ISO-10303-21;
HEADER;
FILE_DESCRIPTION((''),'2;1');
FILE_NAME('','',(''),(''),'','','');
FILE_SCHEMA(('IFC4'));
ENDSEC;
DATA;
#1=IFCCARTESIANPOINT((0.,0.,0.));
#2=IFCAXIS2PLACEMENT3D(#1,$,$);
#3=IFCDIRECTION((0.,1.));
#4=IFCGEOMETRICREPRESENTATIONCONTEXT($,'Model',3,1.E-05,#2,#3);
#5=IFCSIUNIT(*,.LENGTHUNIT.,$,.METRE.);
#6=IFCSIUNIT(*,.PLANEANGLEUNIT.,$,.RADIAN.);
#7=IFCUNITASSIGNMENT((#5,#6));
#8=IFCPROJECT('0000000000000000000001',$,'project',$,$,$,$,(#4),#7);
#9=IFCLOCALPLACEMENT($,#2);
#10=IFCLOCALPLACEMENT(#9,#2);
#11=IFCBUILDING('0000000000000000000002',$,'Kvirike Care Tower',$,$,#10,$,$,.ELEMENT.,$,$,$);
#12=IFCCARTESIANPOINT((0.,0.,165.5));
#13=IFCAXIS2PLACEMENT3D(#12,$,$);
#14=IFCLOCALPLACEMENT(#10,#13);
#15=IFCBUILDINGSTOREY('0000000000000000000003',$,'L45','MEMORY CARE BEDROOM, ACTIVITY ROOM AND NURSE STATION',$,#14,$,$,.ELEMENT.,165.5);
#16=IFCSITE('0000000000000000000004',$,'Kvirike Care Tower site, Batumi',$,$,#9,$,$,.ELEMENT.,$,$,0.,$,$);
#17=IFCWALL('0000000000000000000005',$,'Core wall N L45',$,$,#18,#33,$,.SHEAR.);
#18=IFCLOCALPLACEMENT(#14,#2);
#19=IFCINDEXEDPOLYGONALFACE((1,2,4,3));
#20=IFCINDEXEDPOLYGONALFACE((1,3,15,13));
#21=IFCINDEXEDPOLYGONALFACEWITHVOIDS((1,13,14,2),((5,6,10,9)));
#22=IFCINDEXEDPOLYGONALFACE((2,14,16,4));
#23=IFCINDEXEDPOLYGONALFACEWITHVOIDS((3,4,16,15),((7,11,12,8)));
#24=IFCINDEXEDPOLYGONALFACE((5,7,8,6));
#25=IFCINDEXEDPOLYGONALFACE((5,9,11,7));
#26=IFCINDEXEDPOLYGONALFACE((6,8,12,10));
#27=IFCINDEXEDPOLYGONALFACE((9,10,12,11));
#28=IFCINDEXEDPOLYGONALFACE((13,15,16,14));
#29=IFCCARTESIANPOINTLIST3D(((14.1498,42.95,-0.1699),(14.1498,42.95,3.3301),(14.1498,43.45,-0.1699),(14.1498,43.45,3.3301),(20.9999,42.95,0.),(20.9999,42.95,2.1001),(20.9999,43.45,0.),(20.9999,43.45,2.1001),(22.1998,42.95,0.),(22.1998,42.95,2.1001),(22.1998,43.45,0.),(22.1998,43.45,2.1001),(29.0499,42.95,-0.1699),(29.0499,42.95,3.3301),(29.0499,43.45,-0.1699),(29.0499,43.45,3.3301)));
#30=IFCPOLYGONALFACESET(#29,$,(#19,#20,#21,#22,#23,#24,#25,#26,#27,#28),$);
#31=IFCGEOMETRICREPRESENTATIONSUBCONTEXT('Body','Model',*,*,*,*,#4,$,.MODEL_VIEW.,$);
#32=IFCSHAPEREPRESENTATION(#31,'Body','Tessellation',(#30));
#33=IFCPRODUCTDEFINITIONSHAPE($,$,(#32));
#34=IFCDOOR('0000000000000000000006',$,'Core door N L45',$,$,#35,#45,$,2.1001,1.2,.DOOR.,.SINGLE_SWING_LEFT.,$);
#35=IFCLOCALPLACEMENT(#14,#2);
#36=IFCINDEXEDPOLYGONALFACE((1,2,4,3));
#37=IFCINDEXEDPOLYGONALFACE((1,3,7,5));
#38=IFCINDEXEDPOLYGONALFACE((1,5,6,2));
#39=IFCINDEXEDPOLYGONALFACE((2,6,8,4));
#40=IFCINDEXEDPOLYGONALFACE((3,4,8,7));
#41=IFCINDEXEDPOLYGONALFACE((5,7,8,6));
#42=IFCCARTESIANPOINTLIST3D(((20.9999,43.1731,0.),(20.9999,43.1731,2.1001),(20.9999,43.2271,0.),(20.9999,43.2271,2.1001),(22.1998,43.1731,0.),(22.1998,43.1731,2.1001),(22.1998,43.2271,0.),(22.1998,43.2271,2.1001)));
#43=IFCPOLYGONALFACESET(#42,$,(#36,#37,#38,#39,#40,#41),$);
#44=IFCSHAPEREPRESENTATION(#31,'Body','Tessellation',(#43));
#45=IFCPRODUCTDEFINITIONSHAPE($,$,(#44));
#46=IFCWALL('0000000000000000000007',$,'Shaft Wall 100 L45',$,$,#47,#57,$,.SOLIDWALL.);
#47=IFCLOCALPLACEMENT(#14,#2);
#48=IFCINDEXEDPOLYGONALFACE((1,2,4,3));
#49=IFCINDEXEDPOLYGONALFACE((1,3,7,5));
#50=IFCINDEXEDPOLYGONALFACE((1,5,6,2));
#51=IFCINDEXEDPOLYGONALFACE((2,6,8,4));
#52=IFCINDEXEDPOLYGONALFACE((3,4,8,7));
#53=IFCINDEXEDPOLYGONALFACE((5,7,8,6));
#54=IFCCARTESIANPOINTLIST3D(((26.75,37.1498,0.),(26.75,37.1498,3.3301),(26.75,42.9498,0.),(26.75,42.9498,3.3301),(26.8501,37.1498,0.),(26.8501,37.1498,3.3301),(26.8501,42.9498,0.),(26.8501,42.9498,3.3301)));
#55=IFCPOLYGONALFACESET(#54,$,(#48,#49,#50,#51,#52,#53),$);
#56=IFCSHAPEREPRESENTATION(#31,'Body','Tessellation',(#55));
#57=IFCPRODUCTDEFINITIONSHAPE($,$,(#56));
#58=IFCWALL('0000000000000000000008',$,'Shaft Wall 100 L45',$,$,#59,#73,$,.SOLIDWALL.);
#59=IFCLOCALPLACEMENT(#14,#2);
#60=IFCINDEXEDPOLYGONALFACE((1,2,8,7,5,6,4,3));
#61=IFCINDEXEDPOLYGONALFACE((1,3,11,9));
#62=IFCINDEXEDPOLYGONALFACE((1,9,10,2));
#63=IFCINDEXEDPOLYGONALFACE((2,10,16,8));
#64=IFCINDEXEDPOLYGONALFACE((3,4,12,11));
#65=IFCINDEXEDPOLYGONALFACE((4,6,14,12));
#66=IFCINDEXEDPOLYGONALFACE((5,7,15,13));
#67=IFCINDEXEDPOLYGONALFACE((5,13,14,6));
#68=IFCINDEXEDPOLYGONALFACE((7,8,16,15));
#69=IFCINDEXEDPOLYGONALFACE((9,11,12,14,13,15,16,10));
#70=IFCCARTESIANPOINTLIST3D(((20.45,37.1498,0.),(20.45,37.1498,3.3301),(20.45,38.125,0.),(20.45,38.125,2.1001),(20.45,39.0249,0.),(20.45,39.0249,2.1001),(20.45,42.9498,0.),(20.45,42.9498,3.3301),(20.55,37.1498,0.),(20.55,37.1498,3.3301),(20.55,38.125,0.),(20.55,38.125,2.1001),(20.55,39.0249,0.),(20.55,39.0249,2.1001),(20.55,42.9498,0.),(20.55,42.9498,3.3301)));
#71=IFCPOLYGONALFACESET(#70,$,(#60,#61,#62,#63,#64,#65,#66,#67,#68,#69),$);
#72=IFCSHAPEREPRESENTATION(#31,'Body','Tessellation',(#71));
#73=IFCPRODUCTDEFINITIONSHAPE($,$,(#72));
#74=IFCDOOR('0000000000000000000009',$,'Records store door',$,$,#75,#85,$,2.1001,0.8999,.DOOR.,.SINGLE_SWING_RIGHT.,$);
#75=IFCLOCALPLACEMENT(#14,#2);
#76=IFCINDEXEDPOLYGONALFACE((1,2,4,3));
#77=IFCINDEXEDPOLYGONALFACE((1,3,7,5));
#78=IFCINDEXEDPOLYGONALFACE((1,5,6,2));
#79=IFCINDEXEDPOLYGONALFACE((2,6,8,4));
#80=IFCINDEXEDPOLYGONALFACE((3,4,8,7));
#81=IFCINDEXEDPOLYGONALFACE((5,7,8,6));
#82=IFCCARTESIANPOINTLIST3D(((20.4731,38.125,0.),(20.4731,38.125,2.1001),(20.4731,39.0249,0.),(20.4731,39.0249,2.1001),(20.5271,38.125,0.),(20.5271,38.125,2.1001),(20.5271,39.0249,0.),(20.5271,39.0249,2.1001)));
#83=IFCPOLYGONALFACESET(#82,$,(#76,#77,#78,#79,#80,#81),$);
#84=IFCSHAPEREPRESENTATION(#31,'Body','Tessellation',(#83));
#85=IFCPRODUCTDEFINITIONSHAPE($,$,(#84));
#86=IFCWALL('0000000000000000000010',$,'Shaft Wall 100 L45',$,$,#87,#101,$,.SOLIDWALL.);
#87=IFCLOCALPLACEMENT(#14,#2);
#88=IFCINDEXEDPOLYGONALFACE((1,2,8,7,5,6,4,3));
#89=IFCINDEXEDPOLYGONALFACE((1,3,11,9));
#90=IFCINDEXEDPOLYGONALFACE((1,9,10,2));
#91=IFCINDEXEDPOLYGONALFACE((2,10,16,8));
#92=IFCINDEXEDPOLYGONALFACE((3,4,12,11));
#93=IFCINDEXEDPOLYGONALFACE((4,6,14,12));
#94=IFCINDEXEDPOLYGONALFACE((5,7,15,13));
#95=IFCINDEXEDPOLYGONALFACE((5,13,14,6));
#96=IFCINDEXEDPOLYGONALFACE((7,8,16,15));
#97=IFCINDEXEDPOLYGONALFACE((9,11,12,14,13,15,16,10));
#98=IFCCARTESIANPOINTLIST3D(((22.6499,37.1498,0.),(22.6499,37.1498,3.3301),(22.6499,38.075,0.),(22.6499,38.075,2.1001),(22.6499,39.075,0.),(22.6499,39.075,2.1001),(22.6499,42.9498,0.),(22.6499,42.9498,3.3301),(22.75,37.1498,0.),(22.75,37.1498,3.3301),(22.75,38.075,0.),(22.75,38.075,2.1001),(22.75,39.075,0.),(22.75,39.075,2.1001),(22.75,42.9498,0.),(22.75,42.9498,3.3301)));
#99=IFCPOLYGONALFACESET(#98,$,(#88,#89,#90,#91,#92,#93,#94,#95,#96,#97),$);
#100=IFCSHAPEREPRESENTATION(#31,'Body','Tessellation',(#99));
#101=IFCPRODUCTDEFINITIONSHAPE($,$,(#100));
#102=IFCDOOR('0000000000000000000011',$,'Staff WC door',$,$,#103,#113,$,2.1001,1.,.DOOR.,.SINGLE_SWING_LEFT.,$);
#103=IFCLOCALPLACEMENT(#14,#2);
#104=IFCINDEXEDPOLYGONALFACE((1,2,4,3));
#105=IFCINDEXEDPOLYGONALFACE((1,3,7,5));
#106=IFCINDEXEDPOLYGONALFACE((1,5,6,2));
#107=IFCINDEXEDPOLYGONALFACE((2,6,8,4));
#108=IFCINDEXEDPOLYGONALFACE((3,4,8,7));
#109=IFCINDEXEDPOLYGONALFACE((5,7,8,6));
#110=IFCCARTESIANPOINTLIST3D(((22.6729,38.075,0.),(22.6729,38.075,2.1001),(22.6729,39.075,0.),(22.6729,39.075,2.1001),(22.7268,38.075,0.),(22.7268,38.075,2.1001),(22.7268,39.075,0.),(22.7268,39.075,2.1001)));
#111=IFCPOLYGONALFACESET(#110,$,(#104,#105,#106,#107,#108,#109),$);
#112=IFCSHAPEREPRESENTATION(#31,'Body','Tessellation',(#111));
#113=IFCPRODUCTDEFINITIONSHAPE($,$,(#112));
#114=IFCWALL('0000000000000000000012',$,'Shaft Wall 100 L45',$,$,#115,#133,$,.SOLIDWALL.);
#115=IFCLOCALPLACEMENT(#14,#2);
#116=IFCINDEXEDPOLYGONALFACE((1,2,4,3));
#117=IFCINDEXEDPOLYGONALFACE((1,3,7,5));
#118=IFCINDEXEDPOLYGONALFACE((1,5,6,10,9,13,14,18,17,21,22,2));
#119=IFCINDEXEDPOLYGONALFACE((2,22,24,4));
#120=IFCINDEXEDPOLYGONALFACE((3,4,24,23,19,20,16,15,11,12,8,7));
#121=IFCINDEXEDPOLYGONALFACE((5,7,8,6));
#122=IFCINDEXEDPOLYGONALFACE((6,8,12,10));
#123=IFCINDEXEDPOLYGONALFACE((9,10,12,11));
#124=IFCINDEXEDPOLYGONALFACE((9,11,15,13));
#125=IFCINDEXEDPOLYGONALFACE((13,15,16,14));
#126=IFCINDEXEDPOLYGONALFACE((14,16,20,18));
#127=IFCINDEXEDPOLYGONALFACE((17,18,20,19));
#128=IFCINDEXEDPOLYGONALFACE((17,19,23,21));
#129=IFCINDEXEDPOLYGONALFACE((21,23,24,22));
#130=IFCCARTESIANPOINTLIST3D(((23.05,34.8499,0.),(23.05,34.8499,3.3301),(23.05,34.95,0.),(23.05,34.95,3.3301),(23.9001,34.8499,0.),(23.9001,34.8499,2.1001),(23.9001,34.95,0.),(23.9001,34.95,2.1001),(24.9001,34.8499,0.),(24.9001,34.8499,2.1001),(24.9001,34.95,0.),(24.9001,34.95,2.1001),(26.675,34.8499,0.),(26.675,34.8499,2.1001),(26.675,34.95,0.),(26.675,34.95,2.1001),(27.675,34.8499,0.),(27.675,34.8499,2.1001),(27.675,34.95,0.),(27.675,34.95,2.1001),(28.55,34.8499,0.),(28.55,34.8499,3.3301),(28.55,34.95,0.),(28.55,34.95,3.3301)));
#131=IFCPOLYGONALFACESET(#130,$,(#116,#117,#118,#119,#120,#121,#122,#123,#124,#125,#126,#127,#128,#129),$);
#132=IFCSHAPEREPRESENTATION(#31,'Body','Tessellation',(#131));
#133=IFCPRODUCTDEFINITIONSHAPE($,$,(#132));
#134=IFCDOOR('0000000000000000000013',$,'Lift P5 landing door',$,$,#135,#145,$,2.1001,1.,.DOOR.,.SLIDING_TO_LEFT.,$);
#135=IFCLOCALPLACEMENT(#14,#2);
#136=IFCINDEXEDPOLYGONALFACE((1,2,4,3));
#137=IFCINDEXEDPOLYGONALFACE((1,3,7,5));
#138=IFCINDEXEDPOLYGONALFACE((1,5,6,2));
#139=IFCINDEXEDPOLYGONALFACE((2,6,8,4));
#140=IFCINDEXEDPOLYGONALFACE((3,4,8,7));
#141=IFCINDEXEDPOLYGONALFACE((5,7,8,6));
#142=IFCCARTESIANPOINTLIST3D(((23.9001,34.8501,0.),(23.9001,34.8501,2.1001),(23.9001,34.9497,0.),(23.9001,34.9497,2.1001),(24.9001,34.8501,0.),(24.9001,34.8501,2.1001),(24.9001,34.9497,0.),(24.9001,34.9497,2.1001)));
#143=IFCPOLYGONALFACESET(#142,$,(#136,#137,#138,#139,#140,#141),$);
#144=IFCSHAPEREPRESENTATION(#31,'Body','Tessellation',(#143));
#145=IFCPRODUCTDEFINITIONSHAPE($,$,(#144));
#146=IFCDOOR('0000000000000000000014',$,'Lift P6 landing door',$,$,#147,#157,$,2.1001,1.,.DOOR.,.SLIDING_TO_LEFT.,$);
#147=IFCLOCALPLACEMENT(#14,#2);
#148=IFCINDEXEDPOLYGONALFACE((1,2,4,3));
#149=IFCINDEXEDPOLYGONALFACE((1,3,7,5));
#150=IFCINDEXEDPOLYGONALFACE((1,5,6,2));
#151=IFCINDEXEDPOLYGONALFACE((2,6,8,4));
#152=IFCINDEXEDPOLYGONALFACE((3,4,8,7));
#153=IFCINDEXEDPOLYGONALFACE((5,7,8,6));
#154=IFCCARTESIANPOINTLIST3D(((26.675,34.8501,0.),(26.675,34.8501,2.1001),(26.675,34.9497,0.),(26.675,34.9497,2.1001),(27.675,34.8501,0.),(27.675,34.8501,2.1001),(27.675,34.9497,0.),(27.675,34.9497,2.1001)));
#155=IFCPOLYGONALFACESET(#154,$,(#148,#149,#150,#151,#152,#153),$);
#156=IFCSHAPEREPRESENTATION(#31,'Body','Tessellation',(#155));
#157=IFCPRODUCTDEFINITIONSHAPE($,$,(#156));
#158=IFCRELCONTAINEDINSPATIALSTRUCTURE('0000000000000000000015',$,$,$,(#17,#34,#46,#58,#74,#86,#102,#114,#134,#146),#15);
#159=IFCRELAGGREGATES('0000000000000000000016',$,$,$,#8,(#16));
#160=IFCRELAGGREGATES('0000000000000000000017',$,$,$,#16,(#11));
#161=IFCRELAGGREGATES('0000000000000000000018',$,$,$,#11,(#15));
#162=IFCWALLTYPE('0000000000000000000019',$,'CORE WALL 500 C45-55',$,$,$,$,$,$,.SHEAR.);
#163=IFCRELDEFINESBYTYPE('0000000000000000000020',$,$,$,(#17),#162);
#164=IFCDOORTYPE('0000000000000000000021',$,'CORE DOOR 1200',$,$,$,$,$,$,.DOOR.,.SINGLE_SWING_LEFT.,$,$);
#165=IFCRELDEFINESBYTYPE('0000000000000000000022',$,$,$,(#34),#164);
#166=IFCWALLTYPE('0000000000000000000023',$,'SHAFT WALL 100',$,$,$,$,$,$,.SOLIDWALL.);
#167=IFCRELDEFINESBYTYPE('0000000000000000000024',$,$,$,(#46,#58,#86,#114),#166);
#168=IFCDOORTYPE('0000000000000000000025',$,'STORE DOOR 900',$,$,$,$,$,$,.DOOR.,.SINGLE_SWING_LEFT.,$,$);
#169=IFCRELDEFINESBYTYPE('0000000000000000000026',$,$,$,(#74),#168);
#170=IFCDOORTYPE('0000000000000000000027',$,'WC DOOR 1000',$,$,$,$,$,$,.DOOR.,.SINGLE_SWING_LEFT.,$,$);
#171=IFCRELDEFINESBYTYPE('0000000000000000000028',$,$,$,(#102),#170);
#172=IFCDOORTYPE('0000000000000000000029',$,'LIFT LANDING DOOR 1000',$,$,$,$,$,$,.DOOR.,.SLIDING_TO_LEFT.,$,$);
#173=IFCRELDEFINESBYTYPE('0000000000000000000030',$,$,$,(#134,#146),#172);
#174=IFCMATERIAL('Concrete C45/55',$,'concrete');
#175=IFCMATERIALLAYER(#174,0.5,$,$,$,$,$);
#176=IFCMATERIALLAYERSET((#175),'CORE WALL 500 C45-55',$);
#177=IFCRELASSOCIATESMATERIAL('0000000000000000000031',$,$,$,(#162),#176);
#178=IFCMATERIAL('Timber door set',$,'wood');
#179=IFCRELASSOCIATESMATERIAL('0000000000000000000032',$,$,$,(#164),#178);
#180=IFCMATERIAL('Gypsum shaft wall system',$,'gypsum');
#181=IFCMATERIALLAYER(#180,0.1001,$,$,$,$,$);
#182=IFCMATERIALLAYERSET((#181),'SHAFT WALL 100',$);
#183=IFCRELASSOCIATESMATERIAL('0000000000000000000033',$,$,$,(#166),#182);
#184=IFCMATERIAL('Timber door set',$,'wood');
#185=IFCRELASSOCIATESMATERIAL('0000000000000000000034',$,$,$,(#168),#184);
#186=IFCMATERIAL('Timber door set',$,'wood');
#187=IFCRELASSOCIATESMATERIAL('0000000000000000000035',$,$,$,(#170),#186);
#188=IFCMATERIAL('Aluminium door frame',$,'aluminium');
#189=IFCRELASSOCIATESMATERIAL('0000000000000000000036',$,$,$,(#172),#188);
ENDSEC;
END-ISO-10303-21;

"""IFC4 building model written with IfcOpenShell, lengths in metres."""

from ifc_helpers import new_model, si_unit, direction, frame, frame_2d, origin, place, context, subcontext, project, spatial, rectangle, extrude, material, layer, layer_set, type_object, element, fill, save


model = new_model("IFC4")

# Units and contexts
model_context = context("Model", 3, precision=1e-05, world=origin(), true_north=direction((0.0, 1.0)))
body_context = subcontext(model_context, "Body", "Model", "MODEL_VIEW")
ifc_project = project(units=[si_unit("LENGTHUNIT", "METRE"), si_unit("PLANEANGLEUNIT", "RADIAN")], contexts=[model_context])

# Site, building, storey
site_placement = place(None, origin())
site = spatial("IfcSite", under=ifc_project, at=site_placement, Name="Kvirike Care Tower site, Batumi", CompositionType="ELEMENT", RefElevation=0.0)
building_placement = place(site_placement, origin())
building = spatial("IfcBuilding", under=site, at=building_placement, Name="Kvirike Care Tower", CompositionType="ELEMENT")
storey_placement = place(building_placement, frame((0.0, 0.0, 165.5)))
storey = spatial("IfcBuildingStorey", under=building, at=storey_placement, Name="L45", Description="MEMORY CARE BEDROOM, ACTIVITY ROOM AND NURSE STATION", CompositionType="ELEMENT", Elevation=165.5)

# Wall, opening, door
ifc_material_1 = material(Name="Concrete C45/55", Category="concrete")
ifc_layer_1 = layer(ifc_material_1, 0.5)
ifc_layer_set_1 = layer_set([ifc_layer_1], Name="CORE WALL 500 C45-55")
wall_type_1 = type_object("IfcWallType", Name="CORE WALL 500 C45-55", PredefinedType="SHEAR", material=ifc_layer_set_1)
wall_1_placement = place(storey_placement, frame((29.05, 43.2, -0.1699), z_axis=(0.0, 0.0, 1.0), x_axis=(-1.0, 0.0, 0.0)))
wall_1 = element("IfcWall", 1, at=wall_1_placement, inside=storey, type_object=wall_type_1, Name="Core wall N L45", PredefinedType="SHEAR", context=body_context, shape_type="SweptSolid", body=[
    extrude(rectangle(XDim=14.9001, YDim=0.5, at=frame_2d((7.4502, 0.0))), origin(), (0.0, 0.0, 1.0), 3.5),
])
opening_1_placement = place(wall_1_placement, frame((6.8501, 0.0, 0.1699)))
opening_1 = element("IfcOpeningElement", 2, at=opening_1_placement, cuts=wall_1, PredefinedType="OPENING", context=body_context, shape_type="SweptSolid", body=[
    extrude(rectangle(XDim=1.2, YDim=2.1001, at=frame_2d((0.6001, 1.05))), frame((0.0, 0.2605, 0.0), z_axis=(0.0, -1.0, 0.0), x_axis=(1.0, 0.0, 0.0)), (0.0, 0.0, 1.0), 0.521),
])
ifc_material_2 = material(Name="Timber door set", Category="wood")
door_type_1 = type_object("IfcDoorType", Name="CORE DOOR 1200", OperationType="SINGLE_SWING_LEFT", PredefinedType="DOOR", material=ifc_material_2)
door_1_placement = place(opening_1_placement, origin())
door_1 = element("IfcDoor", 3, at=door_1_placement, inside=storey, type_object=door_type_1, Name="Core door N L45", OperationType="SINGLE_SWING_LEFT", OverallHeight=2.1001, OverallWidth=1.2, PredefinedType="DOOR", context=body_context, shape_type="SweptSolid", body=[
    extrude(rectangle(XDim=1.2, YDim=2.1001, at=frame_2d((0.6001, 1.05))), frame((0.0, 0.0269, 0.0), z_axis=(0.0, -1.0, 0.0), x_axis=(1.0, 0.0, 0.0)), (0.0, 0.0, 1.0), 0.054),
])
fill(opening_1, door_1)

# Wall
ifc_material_3 = material(Name="Gypsum shaft wall system", Category="gypsum")
ifc_layer_2 = layer(ifc_material_3, 0.1001)
ifc_layer_set_2 = layer_set([ifc_layer_2], Name="SHAFT WALL 100")
wall_type_2 = type_object("IfcWallType", Name="SHAFT WALL 100", PredefinedType="SOLIDWALL", material=ifc_layer_set_2)
wall_2_placement = place(storey_placement, frame((26.8, 37.1499, 0.0), z_axis=(0.0, 0.0, 1.0), x_axis=(0.0, 1.0, 0.0)))
element("IfcWall", 4, at=wall_2_placement, inside=storey, type_object=wall_type_2, Name="Shaft Wall 100 L45", PredefinedType="SOLIDWALL", context=body_context, shape_type="SweptSolid", body=[
    extrude(rectangle(XDim=5.8, YDim=0.1001, at=frame_2d((2.8999, 0.0))), origin(), (0.0, 0.0, 1.0), 3.3301),
])

# Walls, openings, doors
wall_3_placement = place(storey_placement, frame((20.5, 37.1499, 0.0), z_axis=(0.0, 0.0, 1.0), x_axis=(0.0, 1.0, 0.0)))
wall_3 = element("IfcWall", 5, at=wall_3_placement, inside=storey, type_object=wall_type_2, Name="Shaft Wall 100 L45", PredefinedType="SOLIDWALL", context=body_context, shape_type="SweptSolid", body=[
    extrude(rectangle(XDim=5.8, YDim=0.1001, at=frame_2d((2.8999, 0.0))), origin(), (0.0, 0.0, 1.0), 3.3301),
])
opening_2_placement = place(wall_3_placement, frame((0.9751, 0.0, 0.0)))
opening_2 = element("IfcOpeningElement", 6, at=opening_2_placement, cuts=wall_3, PredefinedType="OPENING", context=body_context, shape_type="SweptSolid", body=[
    extrude(rectangle(XDim=0.8999, YDim=2.1001, at=frame_2d((0.45, 1.05))), frame((0.0, 0.0605, 0.0), z_axis=(0.0, -1.0, 0.0), x_axis=(1.0, 0.0, 0.0)), (0.0, 0.0, 1.0), 0.1211),
])
ifc_material_4 = material(Name="Timber door set", Category="wood")
door_type_2 = type_object("IfcDoorType", Name="STORE DOOR 900", OperationType="SINGLE_SWING_LEFT", PredefinedType="DOOR", material=ifc_material_4)
door_2_placement = place(opening_2_placement, origin())
door_2 = element("IfcDoor", 7, at=door_2_placement, inside=storey, type_object=door_type_2, Name="Records store door", OperationType="SINGLE_SWING_RIGHT", OverallHeight=2.1001, OverallWidth=0.8999, PredefinedType="DOOR", context=body_context, shape_type="SweptSolid", body=[
    extrude(rectangle(XDim=0.8999, YDim=2.1001, at=frame_2d((0.45, 1.05))), frame((0.0, 0.0269, 0.0), z_axis=(0.0, -1.0, 0.0), x_axis=(1.0, 0.0, 0.0)), (0.0, 0.0, 1.0), 0.054),
])
fill(opening_2, door_2)
wall_4_placement = place(storey_placement, frame((22.7, 37.1499, 0.0), z_axis=(0.0, 0.0, 1.0), x_axis=(0.0, 1.0, 0.0)))
wall_4 = element("IfcWall", 8, at=wall_4_placement, inside=storey, type_object=wall_type_2, Name="Shaft Wall 100 L45", PredefinedType="SOLIDWALL", context=body_context, shape_type="SweptSolid", body=[
    extrude(rectangle(XDim=5.8, YDim=0.1001, at=frame_2d((2.8999, 0.0))), origin(), (0.0, 0.0, 1.0), 3.3301),
])
opening_3_placement = place(wall_4_placement, frame((0.925, 0.0, 0.0)))
opening_3 = element("IfcOpeningElement", 9, at=opening_3_placement, cuts=wall_4, PredefinedType="OPENING", context=body_context, shape_type="SweptSolid", body=[
    extrude(rectangle(XDim=1.0, YDim=2.1001, at=frame_2d((0.5, 1.05))), frame((0.0, 0.0605, 0.0), z_axis=(0.0, -1.0, 0.0), x_axis=(1.0, 0.0, 0.0)), (0.0, 0.0, 1.0), 0.1211),
])
ifc_material_5 = material(Name="Timber door set", Category="wood")
door_type_3 = type_object("IfcDoorType", Name="WC DOOR 1000", OperationType="SINGLE_SWING_LEFT", PredefinedType="DOOR", material=ifc_material_5)
door_3_placement = place(opening_3_placement, frame((1.0, 0.0, 0.0), z_axis=(0.0, 0.0, 1.0), x_axis=(-1.0, 0.0, 0.0)))
door_3 = element("IfcDoor", 10, at=door_3_placement, inside=storey, type_object=door_type_3, Name="Staff WC door", OperationType="SINGLE_SWING_LEFT", OverallHeight=2.1001, OverallWidth=1.0, PredefinedType="DOOR", context=body_context, shape_type="SweptSolid", body=[
    extrude(rectangle(XDim=1.0, YDim=2.1001, at=frame_2d((0.5, 1.05))), frame((0.0, 0.0269, 0.0), z_axis=(0.0, -1.0, 0.0), x_axis=(1.0, 0.0, 0.0)), (0.0, 0.0, 1.0), 0.054),
])
fill(opening_3, door_3)

# Wall, openings, doors
wall_5_placement = place(storey_placement, frame((23.05, 34.8999, 0.0), z_axis=(0.0, 0.0, 1.0), x_axis=(1.0, 0.0, 0.0)))
wall_5 = element("IfcWall", 11, at=wall_5_placement, inside=storey, type_object=wall_type_2, Name="Shaft Wall 100 L45", PredefinedType="SOLIDWALL", context=body_context, shape_type="SweptSolid", body=[
    extrude(rectangle(XDim=5.5, YDim=0.1001, at=frame_2d((2.75, 0.0))), origin(), (0.0, 0.0, 1.0), 3.3301),
])
opening_4_placement = place(wall_5_placement, frame((0.8501, 0.0, 0.0)))
opening_4 = element("IfcOpeningElement", 12, at=opening_4_placement, cuts=wall_5, PredefinedType="OPENING", context=body_context, shape_type="SweptSolid", body=[
    extrude(rectangle(XDim=1.0, YDim=2.1001, at=frame_2d((0.5, 1.05))), frame((0.0, 0.0605, 0.0), z_axis=(0.0, -1.0, 0.0), x_axis=(1.0, 0.0, 0.0)), (0.0, 0.0, 1.0), 0.1211),
])
opening_5_placement = place(wall_5_placement, frame((3.625, 0.0, 0.0)))
opening_5 = element("IfcOpeningElement", 13, at=opening_5_placement, cuts=wall_5, PredefinedType="OPENING", context=body_context, shape_type="SweptSolid", body=[
    extrude(rectangle(XDim=1.0, YDim=2.1001, at=frame_2d((0.5, 1.05))), frame((0.0, 0.0605, 0.0), z_axis=(0.0, -1.0, 0.0), x_axis=(1.0, 0.0, 0.0)), (0.0, 0.0, 1.0), 0.1211),
])
ifc_material_6 = material(Name="Aluminium door frame", Category="aluminium")
door_type_4 = type_object("IfcDoorType", Name="LIFT LANDING DOOR 1000", OperationType="SLIDING_TO_LEFT", PredefinedType="DOOR", material=ifc_material_6)
door_4_placement = place(opening_4_placement, origin())
door_4 = element("IfcDoor", 14, at=door_4_placement, inside=storey, type_object=door_type_4, Name="Lift P5 landing door", OperationType="SLIDING_TO_LEFT", OverallHeight=2.1001, OverallWidth=1.0, PredefinedType="DOOR", context=body_context, shape_type="SweptSolid", body=[
    extrude(rectangle(XDim=1.0, YDim=2.1001, at=frame_2d((0.5, 1.05))), frame((0.0, 0.0498, 0.0), z_axis=(0.0, -1.0, 0.0), x_axis=(1.0, 0.0, 0.0)), (0.0, 0.0, 1.0), 0.0996),
])
fill(opening_4, door_4)
door_5_placement = place(opening_5_placement, origin())
door_5 = element("IfcDoor", 15, at=door_5_placement, inside=storey, type_object=door_type_4, Name="Lift P6 landing door", OperationType="SLIDING_TO_LEFT", OverallHeight=2.1001, OverallWidth=1.0, PredefinedType="DOOR", context=body_context, shape_type="SweptSolid", body=[
    extrude(rectangle(XDim=1.0, YDim=2.1001, at=frame_2d((0.5, 1.05))), frame((0.0, 0.0498, 0.0), z_axis=(0.0, -1.0, 0.0), x_axis=(1.0, 0.0, 0.0)), (0.0, 0.0, 1.0), 0.0996),
])
fill(opening_5, door_5)

save(model, "model.ifc")
